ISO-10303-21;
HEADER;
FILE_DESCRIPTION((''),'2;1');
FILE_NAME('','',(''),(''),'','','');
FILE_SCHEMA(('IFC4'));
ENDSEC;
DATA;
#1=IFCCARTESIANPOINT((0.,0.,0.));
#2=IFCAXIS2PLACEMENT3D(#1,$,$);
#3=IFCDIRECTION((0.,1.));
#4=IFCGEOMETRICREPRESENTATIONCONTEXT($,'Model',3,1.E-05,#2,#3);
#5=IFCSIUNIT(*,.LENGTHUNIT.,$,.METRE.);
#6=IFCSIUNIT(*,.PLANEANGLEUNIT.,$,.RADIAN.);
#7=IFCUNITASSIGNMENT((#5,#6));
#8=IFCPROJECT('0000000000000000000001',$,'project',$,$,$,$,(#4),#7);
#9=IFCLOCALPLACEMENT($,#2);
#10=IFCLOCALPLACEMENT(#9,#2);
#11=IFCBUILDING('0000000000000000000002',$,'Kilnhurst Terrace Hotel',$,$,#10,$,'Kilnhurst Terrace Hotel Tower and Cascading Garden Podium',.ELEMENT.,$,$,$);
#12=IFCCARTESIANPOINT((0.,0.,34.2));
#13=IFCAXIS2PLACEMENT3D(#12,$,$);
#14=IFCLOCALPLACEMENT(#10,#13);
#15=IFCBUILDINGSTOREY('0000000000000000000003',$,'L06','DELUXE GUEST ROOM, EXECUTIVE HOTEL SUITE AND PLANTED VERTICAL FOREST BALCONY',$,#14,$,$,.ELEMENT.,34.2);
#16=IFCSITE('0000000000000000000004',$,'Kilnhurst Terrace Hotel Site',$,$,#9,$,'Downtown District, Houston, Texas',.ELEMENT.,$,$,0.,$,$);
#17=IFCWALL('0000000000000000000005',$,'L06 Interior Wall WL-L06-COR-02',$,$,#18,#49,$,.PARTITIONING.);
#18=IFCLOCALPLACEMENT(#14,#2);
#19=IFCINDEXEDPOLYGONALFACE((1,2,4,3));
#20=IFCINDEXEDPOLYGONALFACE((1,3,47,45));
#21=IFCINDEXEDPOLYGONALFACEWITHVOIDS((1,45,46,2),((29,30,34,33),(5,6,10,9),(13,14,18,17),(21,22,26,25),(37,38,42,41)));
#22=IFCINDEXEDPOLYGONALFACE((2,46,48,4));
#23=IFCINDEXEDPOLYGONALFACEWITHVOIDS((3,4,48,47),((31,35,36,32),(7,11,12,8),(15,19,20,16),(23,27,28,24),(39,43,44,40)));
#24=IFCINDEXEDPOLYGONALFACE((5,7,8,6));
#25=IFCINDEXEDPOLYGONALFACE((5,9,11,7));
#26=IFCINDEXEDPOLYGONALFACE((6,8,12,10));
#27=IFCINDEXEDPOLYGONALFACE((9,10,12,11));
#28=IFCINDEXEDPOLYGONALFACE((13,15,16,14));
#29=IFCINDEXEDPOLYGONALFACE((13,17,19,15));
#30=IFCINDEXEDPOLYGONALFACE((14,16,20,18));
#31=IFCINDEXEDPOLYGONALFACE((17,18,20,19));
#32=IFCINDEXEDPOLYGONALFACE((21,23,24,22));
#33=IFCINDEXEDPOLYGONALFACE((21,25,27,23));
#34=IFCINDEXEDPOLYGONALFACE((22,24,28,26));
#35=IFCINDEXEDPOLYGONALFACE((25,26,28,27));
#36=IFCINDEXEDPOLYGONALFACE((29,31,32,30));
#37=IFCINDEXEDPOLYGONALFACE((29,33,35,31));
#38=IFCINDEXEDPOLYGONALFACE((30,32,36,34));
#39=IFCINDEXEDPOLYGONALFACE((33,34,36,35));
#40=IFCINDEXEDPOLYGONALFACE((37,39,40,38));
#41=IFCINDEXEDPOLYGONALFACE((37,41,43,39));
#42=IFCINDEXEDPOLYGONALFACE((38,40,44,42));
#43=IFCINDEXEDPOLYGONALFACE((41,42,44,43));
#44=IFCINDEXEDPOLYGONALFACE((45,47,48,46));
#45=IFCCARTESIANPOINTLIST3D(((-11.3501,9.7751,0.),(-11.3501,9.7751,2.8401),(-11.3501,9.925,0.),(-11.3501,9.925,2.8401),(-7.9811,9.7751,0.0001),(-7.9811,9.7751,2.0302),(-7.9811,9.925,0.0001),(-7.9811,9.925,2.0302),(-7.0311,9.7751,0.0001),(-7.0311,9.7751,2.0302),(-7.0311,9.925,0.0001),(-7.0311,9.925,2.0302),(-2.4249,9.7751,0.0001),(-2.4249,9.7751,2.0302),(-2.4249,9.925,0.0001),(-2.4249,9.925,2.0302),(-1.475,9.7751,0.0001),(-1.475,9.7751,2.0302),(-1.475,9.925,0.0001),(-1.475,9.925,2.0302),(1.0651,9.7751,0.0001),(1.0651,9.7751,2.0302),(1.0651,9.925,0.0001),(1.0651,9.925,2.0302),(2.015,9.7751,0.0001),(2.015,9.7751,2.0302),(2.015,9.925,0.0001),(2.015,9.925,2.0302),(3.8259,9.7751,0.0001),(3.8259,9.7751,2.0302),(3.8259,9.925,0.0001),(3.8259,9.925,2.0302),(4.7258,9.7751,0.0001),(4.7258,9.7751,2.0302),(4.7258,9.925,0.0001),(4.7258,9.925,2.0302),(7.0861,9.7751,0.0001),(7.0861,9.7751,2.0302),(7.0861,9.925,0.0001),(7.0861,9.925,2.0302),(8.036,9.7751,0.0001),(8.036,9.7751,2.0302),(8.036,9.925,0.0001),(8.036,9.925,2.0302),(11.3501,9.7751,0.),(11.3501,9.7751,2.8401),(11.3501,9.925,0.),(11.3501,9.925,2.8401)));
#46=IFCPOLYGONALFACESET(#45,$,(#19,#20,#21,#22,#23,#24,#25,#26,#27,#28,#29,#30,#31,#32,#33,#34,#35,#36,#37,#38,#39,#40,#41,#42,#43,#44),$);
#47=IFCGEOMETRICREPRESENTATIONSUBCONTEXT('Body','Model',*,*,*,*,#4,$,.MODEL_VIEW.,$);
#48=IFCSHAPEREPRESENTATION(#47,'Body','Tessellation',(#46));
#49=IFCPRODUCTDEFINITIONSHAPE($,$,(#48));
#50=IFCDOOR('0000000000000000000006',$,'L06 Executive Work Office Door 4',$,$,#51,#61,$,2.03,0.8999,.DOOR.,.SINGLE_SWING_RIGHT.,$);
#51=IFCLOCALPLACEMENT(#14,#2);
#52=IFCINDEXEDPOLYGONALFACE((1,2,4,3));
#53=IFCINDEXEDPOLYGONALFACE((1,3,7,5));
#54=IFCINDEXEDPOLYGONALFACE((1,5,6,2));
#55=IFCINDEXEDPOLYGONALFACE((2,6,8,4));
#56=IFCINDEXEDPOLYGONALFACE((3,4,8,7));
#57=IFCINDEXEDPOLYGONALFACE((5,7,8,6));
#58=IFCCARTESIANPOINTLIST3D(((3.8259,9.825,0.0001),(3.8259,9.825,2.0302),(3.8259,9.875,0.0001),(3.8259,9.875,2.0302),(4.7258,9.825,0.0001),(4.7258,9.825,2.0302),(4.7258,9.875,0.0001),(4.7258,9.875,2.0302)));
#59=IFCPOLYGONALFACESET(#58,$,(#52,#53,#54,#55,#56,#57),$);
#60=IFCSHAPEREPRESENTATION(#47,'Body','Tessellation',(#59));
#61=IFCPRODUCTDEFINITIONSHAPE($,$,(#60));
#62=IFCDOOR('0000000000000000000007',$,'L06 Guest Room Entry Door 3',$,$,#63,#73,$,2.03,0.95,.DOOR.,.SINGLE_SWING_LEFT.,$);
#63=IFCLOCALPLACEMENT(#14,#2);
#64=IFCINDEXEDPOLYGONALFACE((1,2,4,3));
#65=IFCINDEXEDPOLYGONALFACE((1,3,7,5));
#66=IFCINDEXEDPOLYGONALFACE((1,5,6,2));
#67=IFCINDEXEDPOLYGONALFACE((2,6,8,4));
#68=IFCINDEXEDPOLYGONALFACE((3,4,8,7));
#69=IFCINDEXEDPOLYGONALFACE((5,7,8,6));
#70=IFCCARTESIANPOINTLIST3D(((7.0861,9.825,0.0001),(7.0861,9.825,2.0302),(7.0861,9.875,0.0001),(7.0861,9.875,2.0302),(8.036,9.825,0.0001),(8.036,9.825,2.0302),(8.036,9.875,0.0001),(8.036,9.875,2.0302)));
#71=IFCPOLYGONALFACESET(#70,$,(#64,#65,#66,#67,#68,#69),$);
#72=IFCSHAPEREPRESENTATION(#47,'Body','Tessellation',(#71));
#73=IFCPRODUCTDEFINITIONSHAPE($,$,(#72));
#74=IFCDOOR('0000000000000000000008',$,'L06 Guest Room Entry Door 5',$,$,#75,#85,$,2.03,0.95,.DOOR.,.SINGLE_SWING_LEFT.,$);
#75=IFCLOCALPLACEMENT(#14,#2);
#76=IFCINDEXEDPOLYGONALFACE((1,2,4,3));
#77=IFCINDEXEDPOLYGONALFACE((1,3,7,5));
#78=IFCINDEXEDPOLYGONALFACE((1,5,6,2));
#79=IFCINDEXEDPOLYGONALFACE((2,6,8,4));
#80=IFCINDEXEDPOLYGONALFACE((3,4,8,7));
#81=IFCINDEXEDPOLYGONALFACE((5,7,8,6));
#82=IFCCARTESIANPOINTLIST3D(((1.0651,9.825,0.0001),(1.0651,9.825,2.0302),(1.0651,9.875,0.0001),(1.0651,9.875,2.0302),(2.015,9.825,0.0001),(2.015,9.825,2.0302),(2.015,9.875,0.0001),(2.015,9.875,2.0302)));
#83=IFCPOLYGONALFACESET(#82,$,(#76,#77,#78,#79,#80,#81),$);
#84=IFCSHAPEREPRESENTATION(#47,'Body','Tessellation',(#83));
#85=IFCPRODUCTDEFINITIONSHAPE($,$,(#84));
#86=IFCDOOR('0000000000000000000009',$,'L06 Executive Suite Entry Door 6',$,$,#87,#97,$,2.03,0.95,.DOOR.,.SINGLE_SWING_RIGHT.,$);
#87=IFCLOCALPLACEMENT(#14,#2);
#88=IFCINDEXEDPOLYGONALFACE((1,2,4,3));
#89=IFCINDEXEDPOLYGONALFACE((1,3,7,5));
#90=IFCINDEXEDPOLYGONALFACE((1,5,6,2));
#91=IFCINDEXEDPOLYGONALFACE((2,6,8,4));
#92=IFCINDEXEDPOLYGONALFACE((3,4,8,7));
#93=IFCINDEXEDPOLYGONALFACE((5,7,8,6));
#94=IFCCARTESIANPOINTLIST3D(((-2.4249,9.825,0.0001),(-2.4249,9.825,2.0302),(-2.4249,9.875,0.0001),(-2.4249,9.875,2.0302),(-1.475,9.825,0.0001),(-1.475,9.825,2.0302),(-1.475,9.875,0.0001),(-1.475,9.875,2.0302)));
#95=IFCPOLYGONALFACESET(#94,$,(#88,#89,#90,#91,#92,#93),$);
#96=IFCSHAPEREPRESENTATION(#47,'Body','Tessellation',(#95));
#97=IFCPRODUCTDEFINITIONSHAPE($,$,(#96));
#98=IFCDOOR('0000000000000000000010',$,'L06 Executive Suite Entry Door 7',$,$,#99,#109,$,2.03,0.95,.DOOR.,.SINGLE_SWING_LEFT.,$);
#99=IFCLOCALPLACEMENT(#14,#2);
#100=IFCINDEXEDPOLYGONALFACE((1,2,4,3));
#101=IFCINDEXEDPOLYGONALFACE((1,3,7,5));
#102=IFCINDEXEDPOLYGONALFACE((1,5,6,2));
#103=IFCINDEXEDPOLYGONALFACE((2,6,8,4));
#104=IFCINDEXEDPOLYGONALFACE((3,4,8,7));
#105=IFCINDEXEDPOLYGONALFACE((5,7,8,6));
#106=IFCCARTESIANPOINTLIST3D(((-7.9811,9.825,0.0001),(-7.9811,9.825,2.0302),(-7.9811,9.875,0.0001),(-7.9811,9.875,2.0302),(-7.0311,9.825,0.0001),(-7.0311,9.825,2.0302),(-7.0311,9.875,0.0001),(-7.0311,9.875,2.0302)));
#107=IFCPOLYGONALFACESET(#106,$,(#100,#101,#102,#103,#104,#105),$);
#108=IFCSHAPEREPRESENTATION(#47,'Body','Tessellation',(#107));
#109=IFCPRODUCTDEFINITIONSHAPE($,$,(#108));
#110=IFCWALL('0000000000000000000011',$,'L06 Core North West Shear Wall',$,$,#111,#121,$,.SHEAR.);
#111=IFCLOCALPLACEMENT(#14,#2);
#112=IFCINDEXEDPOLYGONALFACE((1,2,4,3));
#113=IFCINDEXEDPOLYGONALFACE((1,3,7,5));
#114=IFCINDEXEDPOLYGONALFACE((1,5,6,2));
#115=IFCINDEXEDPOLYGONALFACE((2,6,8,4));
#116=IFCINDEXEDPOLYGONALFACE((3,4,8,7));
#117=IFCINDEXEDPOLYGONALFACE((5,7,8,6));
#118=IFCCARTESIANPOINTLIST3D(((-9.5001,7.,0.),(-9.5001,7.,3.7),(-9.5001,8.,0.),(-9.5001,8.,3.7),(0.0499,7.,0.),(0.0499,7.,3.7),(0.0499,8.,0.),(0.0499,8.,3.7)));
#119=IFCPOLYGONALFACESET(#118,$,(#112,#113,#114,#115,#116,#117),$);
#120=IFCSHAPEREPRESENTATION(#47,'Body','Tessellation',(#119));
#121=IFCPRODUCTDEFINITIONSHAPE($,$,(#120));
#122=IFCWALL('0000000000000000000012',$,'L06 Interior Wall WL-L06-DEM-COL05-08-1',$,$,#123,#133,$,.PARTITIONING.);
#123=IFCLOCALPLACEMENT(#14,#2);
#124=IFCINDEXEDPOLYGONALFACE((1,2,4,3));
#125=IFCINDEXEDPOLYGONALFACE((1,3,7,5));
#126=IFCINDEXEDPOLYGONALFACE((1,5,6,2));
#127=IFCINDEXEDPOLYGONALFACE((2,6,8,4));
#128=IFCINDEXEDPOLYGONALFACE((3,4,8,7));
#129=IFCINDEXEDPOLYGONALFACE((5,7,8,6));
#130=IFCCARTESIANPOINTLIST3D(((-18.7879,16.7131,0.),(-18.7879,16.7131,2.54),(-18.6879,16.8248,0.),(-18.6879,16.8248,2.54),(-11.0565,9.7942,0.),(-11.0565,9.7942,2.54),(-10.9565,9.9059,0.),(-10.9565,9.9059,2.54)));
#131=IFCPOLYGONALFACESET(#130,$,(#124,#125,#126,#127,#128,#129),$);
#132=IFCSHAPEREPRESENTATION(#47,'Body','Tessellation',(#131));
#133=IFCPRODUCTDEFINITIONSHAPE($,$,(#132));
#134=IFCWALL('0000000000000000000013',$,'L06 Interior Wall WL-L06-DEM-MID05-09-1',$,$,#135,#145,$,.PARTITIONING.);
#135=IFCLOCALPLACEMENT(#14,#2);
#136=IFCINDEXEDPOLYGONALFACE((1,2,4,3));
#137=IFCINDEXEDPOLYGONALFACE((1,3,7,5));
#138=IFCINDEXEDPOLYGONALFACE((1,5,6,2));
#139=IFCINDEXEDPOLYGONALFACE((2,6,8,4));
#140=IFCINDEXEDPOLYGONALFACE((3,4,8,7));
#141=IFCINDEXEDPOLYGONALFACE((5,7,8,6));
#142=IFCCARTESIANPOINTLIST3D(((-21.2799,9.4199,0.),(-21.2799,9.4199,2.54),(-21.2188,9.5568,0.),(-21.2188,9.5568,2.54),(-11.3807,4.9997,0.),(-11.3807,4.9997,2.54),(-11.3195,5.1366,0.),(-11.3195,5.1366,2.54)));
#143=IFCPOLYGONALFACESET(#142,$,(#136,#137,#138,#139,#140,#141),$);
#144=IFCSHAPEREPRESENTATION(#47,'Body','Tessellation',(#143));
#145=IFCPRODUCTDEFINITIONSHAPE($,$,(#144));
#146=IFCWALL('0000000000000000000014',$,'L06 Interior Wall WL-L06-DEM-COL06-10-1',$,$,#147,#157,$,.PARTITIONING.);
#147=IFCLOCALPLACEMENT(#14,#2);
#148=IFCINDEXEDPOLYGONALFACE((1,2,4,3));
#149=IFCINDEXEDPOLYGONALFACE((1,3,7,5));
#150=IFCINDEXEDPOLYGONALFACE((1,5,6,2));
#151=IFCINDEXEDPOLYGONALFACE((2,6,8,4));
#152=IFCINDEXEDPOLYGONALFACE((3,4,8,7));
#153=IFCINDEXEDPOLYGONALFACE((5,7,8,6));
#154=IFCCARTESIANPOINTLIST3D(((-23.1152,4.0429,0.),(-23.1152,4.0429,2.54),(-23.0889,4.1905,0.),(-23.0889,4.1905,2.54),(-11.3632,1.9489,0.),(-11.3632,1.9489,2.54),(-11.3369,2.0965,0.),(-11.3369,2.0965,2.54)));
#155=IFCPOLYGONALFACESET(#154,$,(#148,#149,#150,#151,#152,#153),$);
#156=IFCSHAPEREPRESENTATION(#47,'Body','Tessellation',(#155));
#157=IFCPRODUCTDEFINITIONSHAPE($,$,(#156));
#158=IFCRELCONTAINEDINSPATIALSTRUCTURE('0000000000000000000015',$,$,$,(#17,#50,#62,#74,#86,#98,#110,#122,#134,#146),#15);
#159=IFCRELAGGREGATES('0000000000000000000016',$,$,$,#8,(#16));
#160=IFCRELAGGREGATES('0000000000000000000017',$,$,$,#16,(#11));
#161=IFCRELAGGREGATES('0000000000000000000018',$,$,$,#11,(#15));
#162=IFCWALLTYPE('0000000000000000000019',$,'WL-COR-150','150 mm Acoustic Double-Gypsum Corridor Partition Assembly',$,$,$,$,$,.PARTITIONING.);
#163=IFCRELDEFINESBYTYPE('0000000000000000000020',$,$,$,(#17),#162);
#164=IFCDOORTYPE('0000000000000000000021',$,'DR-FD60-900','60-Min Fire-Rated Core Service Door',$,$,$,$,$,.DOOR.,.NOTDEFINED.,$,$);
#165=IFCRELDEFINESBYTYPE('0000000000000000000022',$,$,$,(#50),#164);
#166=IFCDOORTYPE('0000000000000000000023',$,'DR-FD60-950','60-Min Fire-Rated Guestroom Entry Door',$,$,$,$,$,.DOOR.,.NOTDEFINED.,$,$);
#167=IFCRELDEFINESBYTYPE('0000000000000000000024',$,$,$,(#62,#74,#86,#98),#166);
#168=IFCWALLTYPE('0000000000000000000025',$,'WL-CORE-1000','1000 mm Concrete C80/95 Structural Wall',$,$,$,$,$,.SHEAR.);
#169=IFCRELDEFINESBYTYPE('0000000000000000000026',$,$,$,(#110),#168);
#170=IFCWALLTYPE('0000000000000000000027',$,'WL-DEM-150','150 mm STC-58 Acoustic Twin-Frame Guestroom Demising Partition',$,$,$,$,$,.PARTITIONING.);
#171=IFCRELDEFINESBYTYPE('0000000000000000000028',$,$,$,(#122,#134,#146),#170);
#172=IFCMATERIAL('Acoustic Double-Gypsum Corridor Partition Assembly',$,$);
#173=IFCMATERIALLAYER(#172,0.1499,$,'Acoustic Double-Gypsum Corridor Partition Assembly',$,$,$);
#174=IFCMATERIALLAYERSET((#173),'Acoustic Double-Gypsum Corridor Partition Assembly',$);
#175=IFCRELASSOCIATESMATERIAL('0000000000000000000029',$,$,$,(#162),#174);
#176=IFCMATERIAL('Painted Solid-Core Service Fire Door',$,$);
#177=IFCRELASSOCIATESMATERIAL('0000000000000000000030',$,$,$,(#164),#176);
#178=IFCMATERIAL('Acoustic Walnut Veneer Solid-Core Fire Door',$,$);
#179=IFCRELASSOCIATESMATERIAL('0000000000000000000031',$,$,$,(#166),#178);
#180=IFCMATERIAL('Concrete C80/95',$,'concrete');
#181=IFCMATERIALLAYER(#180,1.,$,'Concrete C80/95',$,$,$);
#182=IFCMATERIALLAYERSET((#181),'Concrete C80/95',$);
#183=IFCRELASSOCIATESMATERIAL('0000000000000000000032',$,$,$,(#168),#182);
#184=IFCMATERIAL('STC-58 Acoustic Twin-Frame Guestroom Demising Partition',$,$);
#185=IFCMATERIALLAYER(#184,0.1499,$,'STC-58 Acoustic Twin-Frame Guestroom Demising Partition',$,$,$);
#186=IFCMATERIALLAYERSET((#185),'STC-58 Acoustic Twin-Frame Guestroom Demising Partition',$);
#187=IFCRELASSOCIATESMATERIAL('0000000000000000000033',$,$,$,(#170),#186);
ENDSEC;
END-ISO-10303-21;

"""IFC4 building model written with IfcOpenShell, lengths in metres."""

from ifc_helpers import new_model, si_unit, direction, frame, frame_2d, origin, place, context, subcontext, project, spatial, rectangle, extrude, material, layer, layer_set, type_object, element, fill, save


model = new_model("IFC4")

# Units and contexts
model_context = context("Model", 3, precision=1e-05, world=origin(), true_north=direction((0.0, 1.0)))
body_context = subcontext(model_context, "Body", "Model", "MODEL_VIEW")
ifc_project = project(units=[si_unit("LENGTHUNIT", "METRE"), si_unit("PLANEANGLEUNIT", "RADIAN")], contexts=[model_context])

# Site, building, storey
site_placement = place(None, origin())
site = spatial("IfcSite", under=ifc_project, at=site_placement, Name="Kilnhurst Terrace Hotel Site", LongName="Downtown District, Houston, Texas", CompositionType="ELEMENT", RefElevation=0.0)
building_placement = place(site_placement, origin())
building = spatial("IfcBuilding", under=site, at=building_placement, Name="Kilnhurst Terrace Hotel", LongName="Kilnhurst Terrace Hotel Tower and Cascading Garden Podium", CompositionType="ELEMENT")
storey_placement = place(building_placement, frame((0.0, 0.0, 34.2)))
storey = spatial("IfcBuildingStorey", under=building, at=storey_placement, Name="L06", Description="DELUXE GUEST ROOM, EXECUTIVE HOTEL SUITE AND PLANTED VERTICAL FOREST BALCONY", CompositionType="ELEMENT", Elevation=34.2)

# Shared definitions
ifc_material_1 = material(Name="Concrete C80/95", Category="concrete")

# Wall, openings, doors
ifc_material_2 = material(Name="Acoustic Double-Gypsum Corridor Partition Assembly")
ifc_layer_1 = layer(ifc_material_2, 0.1499, Name="Acoustic Double-Gypsum Corridor Partition Assembly")
ifc_layer_set_1 = layer_set([ifc_layer_1], Name="Acoustic Double-Gypsum Corridor Partition Assembly")
wall_type_1 = type_object("IfcWallType", Name="WL-COR-150", Description="150 mm Acoustic Double-Gypsum Corridor Partition Assembly", PredefinedType="PARTITIONING", material=ifc_layer_set_1)
wall_1_placement = place(storey_placement, frame((-11.3501, 9.8501, 0.0), z_axis=(0.0, 0.0, 1.0), x_axis=(1.0, 0.0, 0.0)))
wall_1 = element("IfcWall", 1, at=wall_1_placement, inside=storey, type_object=wall_type_1, Name="L06 Interior Wall WL-L06-COR-02", PredefinedType="PARTITIONING", context=body_context, shape_type="SweptSolid", body=[
    extrude(rectangle(XDim=22.7002, YDim=0.1499, at=frame_2d((11.3501, 0.0))), origin(), (0.0, 0.0, 1.0), 2.8401),
])
opening_1_placement = place(wall_1_placement, frame((18.436, 0.0, 0.0)))
opening_1 = element("IfcOpeningElement", 2, at=opening_1_placement, cuts=wall_1, PredefinedType="OPENING", context=body_context, shape_type="SweptSolid", body=[
    extrude(rectangle(XDim=0.95, YDim=2.03, at=frame_2d((0.4751, 1.0151))), frame((0.0, 0.085, 0.0), z_axis=(0.0, -1.0, 0.0), x_axis=(1.0, 0.0, 0.0)), (0.0, 0.0, 1.0), 0.1699),
])
opening_2_placement = place(wall_1_placement, frame((15.176, 0.0, 0.0)))
opening_2 = element("IfcOpeningElement", 3, at=opening_2_placement, cuts=wall_1, PredefinedType="OPENING", context=body_context, shape_type="SweptSolid", body=[
    extrude(rectangle(XDim=0.8999, YDim=2.03, at=frame_2d((0.45, 1.0151))), frame((0.0, 0.085, 0.0), z_axis=(0.0, -1.0, 0.0), x_axis=(1.0, 0.0, 0.0)), (0.0, 0.0, 1.0), 0.1699),
])
opening_3_placement = place(wall_1_placement, frame((12.415, 0.0, 0.0)))
opening_3 = element("IfcOpeningElement", 4, at=opening_3_placement, cuts=wall_1, PredefinedType="OPENING", context=body_context, shape_type="SweptSolid", body=[
    extrude(rectangle(XDim=0.95, YDim=2.03, at=frame_2d((0.4751, 1.0151))), frame((0.0, 0.085, 0.0), z_axis=(0.0, -1.0, 0.0), x_axis=(1.0, 0.0, 0.0)), (0.0, 0.0, 1.0), 0.1699),
])
opening_4_placement = place(wall_1_placement, frame((8.925, 0.0, 0.0)))
opening_4 = element("IfcOpeningElement", 5, at=opening_4_placement, cuts=wall_1, PredefinedType="OPENING", context=body_context, shape_type="SweptSolid", body=[
    extrude(rectangle(XDim=0.95, YDim=2.03, at=frame_2d((0.4751, 1.0151))), frame((0.0, 0.085, 0.0), z_axis=(0.0, -1.0, 0.0), x_axis=(1.0, 0.0, 0.0)), (0.0, 0.0, 1.0), 0.1699),
])
opening_5_placement = place(wall_1_placement, frame((3.3689, 0.0, 0.0)))
opening_5 = element("IfcOpeningElement", 6, at=opening_5_placement, cuts=wall_1, PredefinedType="OPENING", context=body_context, shape_type="SweptSolid", body=[
    extrude(rectangle(XDim=0.95, YDim=2.03, at=frame_2d((0.4751, 1.0151))), frame((0.0, 0.085, 0.0), z_axis=(0.0, -1.0, 0.0), x_axis=(1.0, 0.0, 0.0)), (0.0, 0.0, 1.0), 0.1699),
])
ifc_material_3 = material(Name="Painted Solid-Core Service Fire Door")
door_type_1 = type_object("IfcDoorType", Name="DR-FD60-900", Description="60-Min Fire-Rated Core Service Door", OperationType="NOTDEFINED", PredefinedType="DOOR", material=ifc_material_3)
door_1_placement = place(opening_2_placement, origin())
door_1 = element("IfcDoor", 7, at=door_1_placement, inside=storey, type_object=door_type_1, Name="L06 Executive Work Office Door 4", OperationType="SINGLE_SWING_RIGHT", OverallHeight=2.03, OverallWidth=0.8999, PredefinedType="DOOR", context=body_context, shape_type="SweptSolid", body=[
    extrude(rectangle(XDim=0.8999, YDim=2.03, at=frame_2d((0.45, 1.0151))), frame((0.0, 0.0249, 0.0), z_axis=(0.0, -1.0, 0.0), x_axis=(1.0, 0.0, 0.0)), (0.0, 0.0, 1.0), 0.05),
])
fill(opening_2, door_1)
ifc_material_4 = material(Name="Acoustic Walnut Veneer Solid-Core Fire Door")
door_type_2 = type_object("IfcDoorType", Name="DR-FD60-950", Description="60-Min Fire-Rated Guestroom Entry Door", OperationType="NOTDEFINED", PredefinedType="DOOR", material=ifc_material_4)
door_2_placement = place(opening_1_placement, origin())
door_2 = element("IfcDoor", 8, at=door_2_placement, inside=storey, type_object=door_type_2, Name="L06 Guest Room Entry Door 3", OperationType="SINGLE_SWING_LEFT", OverallHeight=2.03, OverallWidth=0.95, PredefinedType="DOOR", context=body_context, shape_type="SweptSolid", body=[
    extrude(rectangle(XDim=0.95, YDim=2.03, at=frame_2d((0.4751, 1.0151))), frame((0.0, 0.0249, 0.0), z_axis=(0.0, -1.0, 0.0), x_axis=(1.0, 0.0, 0.0)), (0.0, 0.0, 1.0), 0.05),
])
fill(opening_1, door_2)
door_3_placement = place(opening_3_placement, origin())
door_3 = element("IfcDoor", 9, at=door_3_placement, inside=storey, type_object=door_type_2, Name="L06 Guest Room Entry Door 5", OperationType="SINGLE_SWING_LEFT", OverallHeight=2.03, OverallWidth=0.95, PredefinedType="DOOR", context=body_context, shape_type="SweptSolid", body=[
    extrude(rectangle(XDim=0.95, YDim=2.03, at=frame_2d((0.4751, 1.0151))), frame((0.0, 0.0249, 0.0), z_axis=(0.0, -1.0, 0.0), x_axis=(1.0, 0.0, 0.0)), (0.0, 0.0, 1.0), 0.05),
])
fill(opening_3, door_3)
door_4_placement = place(opening_4_placement, origin())
door_4 = element("IfcDoor", 10, at=door_4_placement, inside=storey, type_object=door_type_2, Name="L06 Executive Suite Entry Door 6", OperationType="SINGLE_SWING_RIGHT", OverallHeight=2.03, OverallWidth=0.95, PredefinedType="DOOR", context=body_context, shape_type="SweptSolid", body=[
    extrude(rectangle(XDim=0.95, YDim=2.03, at=frame_2d((0.4751, 1.0151))), frame((0.0, 0.0249, 0.0), z_axis=(0.0, -1.0, 0.0), x_axis=(1.0, 0.0, 0.0)), (0.0, 0.0, 1.0), 0.05),
])
fill(opening_4, door_4)
door_5_placement = place(opening_5_placement, origin())
door_5 = element("IfcDoor", 11, at=door_5_placement, inside=storey, type_object=door_type_2, Name="L06 Executive Suite Entry Door 7", OperationType="SINGLE_SWING_LEFT", OverallHeight=2.03, OverallWidth=0.95, PredefinedType="DOOR", context=body_context, shape_type="SweptSolid", body=[
    extrude(rectangle(XDim=0.95, YDim=2.03, at=frame_2d((0.4751, 1.0151))), frame((0.0, 0.0249, 0.0), z_axis=(0.0, -1.0, 0.0), x_axis=(1.0, 0.0, 0.0)), (0.0, 0.0, 1.0), 0.05),
])
fill(opening_5, door_5)

# Walls
ifc_layer_2 = layer(ifc_material_1, 1.0, Name="Concrete C80/95")
ifc_layer_set_2 = layer_set([ifc_layer_2], Name="Concrete C80/95")
wall_type_2 = type_object("IfcWallType", Name="WL-CORE-1000", Description="1000 mm Concrete C80/95 Structural Wall", PredefinedType="SHEAR", material=ifc_layer_set_2)
wall_2_placement = place(storey_placement, frame((-9.5, 7.5, 0.0), z_axis=(0.0, 0.0, 1.0), x_axis=(1.0, 0.0, 0.0)))
element("IfcWall", 12, at=wall_2_placement, inside=storey, type_object=wall_type_2, Name="L06 Core North West Shear Wall", PredefinedType="SHEAR", context=body_context, shape_type="SweptSolid", body=[
    extrude(rectangle(XDim=9.55, YDim=1.0, at=frame_2d((4.7749, 0.0))), origin(), (0.0, 0.0, 1.0), 3.7),
])
ifc_material_5 = material(Name="STC-58 Acoustic Twin-Frame Guestroom Demising Partition")
ifc_layer_3 = layer(ifc_material_5, 0.1499, Name="STC-58 Acoustic Twin-Frame Guestroom Demising Partition")
ifc_layer_set_3 = layer_set([ifc_layer_3], Name="STC-58 Acoustic Twin-Frame Guestroom Demising Partition")
wall_type_3 = type_object("IfcWallType", Name="WL-DEM-150", Description="150 mm STC-58 Acoustic Twin-Frame Guestroom Demising Partition", PredefinedType="PARTITIONING", material=ifc_layer_set_3)
wall_3_placement = place(storey_placement, frame((-11.0066, 9.8501, 0.0), z_axis=(0.0, 0.0, 1.0), x_axis=(-0.745177, 0.666866, 0.0)))
element("IfcWall", 13, at=wall_3_placement, inside=storey, type_object=wall_type_3, Name="L06 Interior Wall WL-L06-DEM-COL05-08-1", PredefinedType="PARTITIONING", context=body_context, shape_type="SweptSolid", body=[
    extrude(rectangle(XDim=10.3752, YDim=0.1499, at=frame_2d((5.1875, 0.0))), origin(), (0.0, 0.0, 1.0), 2.54),
])
wall_4_placement = place(storey_placement, frame((-11.3501, 5.0681, 0.0), z_axis=(0.0, 0.0, 1.0), x_axis=(-0.913107, 0.40772, 0.0)))
element("IfcWall", 14, at=wall_4_placement, inside=storey, type_object=wall_type_3, Name="L06 Interior Wall WL-L06-DEM-MID05-09-1", PredefinedType="PARTITIONING", context=body_context, shape_type="SweptSolid", body=[
    extrude(rectangle(XDim=10.8413, YDim=0.1499, at=frame_2d((5.4207, 0.0))), origin(), (0.0, 0.0, 1.0), 2.54),
])
wall_5_placement = place(storey_placement, frame((-11.3501, 2.0227, 0.0), z_axis=(0.0, 0.0, 1.0), x_axis=(-0.984494, 0.17542, 0.0)))
element("IfcWall", 15, at=wall_5_placement, inside=storey, type_object=wall_type_3, Name="L06 Interior Wall WL-L06-DEM-COL06-10-1", PredefinedType="PARTITIONING", context=body_context, shape_type="SweptSolid", body=[
    extrude(rectangle(XDim=11.937, YDim=0.1499, at=frame_2d((5.9685, 0.0))), origin(), (0.0, 0.0, 1.0), 2.54),
])

save(model, "model.ifc")
